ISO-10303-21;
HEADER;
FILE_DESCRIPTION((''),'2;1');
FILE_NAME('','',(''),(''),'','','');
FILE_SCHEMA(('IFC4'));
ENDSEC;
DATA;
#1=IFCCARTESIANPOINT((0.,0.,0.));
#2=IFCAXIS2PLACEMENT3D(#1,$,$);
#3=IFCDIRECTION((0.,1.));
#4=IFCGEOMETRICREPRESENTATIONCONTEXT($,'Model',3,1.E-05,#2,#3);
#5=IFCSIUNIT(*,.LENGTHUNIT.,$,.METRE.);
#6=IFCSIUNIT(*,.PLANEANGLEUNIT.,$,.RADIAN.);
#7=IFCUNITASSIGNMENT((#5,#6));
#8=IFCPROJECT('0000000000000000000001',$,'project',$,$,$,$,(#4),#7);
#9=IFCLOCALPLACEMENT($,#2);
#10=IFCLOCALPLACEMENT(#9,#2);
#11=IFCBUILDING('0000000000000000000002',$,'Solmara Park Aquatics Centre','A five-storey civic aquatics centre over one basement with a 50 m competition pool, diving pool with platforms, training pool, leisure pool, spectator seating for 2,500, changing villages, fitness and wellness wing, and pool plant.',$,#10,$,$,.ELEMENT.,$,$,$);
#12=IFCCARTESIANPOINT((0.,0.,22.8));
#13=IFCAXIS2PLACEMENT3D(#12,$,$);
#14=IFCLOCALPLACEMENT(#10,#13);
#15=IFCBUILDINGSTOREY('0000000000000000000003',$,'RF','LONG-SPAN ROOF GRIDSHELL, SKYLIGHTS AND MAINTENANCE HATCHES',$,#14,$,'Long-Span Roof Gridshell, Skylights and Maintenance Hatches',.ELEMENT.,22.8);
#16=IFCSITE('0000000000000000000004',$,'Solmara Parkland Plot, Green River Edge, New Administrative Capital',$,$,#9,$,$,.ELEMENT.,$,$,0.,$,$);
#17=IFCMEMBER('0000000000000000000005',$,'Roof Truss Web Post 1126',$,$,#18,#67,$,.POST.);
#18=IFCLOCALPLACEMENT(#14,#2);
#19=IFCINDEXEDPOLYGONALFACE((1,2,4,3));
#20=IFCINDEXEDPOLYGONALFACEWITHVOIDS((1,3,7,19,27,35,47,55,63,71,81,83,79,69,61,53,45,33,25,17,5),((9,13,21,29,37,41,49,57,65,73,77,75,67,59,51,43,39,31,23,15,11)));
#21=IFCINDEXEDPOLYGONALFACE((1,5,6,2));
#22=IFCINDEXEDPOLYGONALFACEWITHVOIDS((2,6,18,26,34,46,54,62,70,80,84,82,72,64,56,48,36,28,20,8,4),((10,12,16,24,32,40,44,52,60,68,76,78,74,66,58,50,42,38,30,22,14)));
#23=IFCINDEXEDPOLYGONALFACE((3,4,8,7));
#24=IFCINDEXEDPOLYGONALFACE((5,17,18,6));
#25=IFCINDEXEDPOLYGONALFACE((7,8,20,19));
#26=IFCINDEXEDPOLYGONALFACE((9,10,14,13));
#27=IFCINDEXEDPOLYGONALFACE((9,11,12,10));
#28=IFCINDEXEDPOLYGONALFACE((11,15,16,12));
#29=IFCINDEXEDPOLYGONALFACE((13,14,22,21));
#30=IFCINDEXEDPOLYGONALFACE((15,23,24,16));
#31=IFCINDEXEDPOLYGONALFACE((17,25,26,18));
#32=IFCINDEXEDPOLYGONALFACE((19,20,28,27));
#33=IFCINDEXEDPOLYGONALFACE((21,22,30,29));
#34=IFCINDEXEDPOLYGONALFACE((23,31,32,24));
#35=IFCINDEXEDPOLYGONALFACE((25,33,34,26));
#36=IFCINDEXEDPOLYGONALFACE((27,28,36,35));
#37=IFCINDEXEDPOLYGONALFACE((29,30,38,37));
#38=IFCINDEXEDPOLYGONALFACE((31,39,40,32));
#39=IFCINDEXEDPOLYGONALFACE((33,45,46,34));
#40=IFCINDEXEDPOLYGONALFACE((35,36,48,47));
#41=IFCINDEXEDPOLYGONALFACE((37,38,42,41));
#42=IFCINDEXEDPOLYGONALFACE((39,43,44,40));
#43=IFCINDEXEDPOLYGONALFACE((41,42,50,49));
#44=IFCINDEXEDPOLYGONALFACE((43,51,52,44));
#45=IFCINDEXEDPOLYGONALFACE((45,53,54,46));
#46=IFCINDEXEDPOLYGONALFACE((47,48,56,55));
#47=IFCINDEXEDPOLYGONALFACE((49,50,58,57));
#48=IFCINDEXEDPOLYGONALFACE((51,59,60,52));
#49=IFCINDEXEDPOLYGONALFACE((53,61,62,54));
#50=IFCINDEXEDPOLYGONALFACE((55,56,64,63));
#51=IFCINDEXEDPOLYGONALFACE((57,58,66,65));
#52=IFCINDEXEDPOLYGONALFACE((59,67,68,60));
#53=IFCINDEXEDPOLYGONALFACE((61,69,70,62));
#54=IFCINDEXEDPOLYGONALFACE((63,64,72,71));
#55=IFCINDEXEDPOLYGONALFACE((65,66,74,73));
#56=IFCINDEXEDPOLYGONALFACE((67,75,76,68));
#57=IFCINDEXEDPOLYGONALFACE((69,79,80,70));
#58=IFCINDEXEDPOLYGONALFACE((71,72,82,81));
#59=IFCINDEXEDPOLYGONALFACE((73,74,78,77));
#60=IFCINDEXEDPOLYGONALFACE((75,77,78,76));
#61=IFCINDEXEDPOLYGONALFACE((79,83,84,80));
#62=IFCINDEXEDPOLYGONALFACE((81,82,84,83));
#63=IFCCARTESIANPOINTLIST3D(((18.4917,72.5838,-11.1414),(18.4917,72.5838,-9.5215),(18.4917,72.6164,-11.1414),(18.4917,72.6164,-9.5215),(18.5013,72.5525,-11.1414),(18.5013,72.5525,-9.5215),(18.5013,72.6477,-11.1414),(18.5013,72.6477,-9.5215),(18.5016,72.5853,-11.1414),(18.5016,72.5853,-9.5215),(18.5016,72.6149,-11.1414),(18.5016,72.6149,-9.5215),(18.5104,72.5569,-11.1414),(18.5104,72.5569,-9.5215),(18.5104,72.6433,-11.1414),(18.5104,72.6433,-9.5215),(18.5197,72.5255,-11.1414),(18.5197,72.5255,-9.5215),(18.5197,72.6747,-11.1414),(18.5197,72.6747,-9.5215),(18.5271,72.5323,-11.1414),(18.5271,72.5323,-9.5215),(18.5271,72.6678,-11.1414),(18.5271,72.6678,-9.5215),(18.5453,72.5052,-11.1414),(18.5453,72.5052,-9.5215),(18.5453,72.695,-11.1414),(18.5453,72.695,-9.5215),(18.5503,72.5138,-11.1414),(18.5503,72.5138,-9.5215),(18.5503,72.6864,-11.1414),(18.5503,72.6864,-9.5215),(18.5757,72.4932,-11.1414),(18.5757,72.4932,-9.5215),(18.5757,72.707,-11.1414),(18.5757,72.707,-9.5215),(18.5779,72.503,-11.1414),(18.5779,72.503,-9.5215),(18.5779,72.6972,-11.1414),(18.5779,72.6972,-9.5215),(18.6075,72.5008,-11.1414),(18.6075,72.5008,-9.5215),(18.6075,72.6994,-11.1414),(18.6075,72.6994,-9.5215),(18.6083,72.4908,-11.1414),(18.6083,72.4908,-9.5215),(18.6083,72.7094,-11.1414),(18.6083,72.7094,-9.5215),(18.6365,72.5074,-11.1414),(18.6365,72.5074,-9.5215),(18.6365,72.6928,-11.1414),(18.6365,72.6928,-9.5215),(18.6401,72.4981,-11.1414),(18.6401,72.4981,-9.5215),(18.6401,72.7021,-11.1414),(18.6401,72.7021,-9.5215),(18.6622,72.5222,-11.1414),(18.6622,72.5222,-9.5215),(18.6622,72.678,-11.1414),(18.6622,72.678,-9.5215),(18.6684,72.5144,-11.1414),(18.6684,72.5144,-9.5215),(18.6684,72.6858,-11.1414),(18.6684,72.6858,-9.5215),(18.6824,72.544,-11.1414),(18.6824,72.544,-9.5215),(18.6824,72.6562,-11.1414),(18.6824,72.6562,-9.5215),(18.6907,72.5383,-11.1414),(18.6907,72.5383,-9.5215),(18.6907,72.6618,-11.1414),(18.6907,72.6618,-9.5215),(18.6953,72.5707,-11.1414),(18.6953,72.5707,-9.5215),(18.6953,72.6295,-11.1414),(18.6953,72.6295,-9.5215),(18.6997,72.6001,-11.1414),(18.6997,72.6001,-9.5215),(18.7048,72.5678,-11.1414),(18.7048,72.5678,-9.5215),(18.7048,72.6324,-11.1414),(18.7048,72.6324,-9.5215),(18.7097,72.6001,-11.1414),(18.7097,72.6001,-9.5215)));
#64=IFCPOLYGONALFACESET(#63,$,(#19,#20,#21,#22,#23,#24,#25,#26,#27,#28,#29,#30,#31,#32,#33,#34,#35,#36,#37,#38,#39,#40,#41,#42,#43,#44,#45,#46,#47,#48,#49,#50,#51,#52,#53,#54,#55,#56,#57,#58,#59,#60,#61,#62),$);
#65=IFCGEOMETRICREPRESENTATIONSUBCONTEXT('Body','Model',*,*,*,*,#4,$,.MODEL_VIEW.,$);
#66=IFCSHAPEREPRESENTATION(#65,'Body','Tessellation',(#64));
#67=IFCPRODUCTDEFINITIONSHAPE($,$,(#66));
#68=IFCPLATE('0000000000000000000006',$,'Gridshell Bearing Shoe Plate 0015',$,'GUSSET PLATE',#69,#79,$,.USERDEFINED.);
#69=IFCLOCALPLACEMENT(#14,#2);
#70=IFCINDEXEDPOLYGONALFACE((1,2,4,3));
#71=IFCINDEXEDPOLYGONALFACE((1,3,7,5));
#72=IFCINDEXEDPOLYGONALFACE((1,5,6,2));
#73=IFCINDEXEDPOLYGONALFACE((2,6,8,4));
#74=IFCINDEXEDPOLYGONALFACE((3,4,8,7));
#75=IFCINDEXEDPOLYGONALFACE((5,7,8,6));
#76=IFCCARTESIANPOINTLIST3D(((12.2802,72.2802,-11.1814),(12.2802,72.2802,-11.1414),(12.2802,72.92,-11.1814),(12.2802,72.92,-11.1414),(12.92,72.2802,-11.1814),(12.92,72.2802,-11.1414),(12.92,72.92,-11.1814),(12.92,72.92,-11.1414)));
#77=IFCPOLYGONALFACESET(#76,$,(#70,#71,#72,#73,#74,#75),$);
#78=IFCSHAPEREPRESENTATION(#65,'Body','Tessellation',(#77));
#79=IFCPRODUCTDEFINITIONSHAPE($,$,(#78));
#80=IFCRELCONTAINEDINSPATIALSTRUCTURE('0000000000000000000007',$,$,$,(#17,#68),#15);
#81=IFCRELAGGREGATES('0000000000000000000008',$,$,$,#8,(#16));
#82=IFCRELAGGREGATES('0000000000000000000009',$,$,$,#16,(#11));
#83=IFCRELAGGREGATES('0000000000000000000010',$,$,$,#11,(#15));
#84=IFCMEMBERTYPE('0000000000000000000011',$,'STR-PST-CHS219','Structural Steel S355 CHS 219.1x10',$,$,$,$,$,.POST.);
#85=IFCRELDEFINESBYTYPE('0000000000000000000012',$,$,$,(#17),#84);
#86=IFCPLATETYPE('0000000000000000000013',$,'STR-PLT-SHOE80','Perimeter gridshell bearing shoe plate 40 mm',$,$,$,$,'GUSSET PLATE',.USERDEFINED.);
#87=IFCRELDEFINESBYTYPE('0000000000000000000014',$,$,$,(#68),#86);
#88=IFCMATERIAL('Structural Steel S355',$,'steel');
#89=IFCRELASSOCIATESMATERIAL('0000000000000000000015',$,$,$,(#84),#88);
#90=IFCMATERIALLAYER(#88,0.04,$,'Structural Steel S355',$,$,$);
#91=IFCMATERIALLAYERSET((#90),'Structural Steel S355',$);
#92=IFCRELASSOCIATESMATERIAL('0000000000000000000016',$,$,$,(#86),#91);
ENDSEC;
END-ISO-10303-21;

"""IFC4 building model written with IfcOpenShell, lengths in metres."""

from ifc_helpers import new_model, si_unit, direction, frame, origin, origin_2d, place, context, subcontext, project, spatial, rectangle, hollow_circle, extrude, material, layer, layer_set, material_profile, profile_set, type_object, element, save


model = new_model("IFC4")

# Units and contexts
model_context = context("Model", 3, precision=1e-05, world=origin(), true_north=direction((0.0, 1.0)))
body_context = subcontext(model_context, "Body", "Model", "MODEL_VIEW")
ifc_project = project(units=[si_unit("LENGTHUNIT", "METRE"), si_unit("PLANEANGLEUNIT", "RADIAN")], contexts=[model_context])

# Site, building, storey
site_placement = place(None, origin())
site = spatial("IfcSite", under=ifc_project, at=site_placement, Name="Solmara Parkland Plot, Green River Edge, New Administrative Capital", CompositionType="ELEMENT", RefElevation=0.0)
building_placement = place(site_placement, origin())
building = spatial("IfcBuilding", under=site, at=building_placement, Name="Solmara Park Aquatics Centre", Description="A five-storey civic aquatics centre over one basement with a 50 m competition pool, diving pool with platforms, training pool, leisure pool, spectator seating for 2,500, changing villages, fitness and wellness wing, and pool plant.", CompositionType="ELEMENT")
storey_placement = place(building_placement, frame((0.0, 0.0, 22.8)))
storey = spatial("IfcBuildingStorey", under=building, at=storey_placement, Name="RF", Description="LONG-SPAN ROOF GRIDSHELL, SKYLIGHTS AND MAINTENANCE HATCHES", LongName="Long-Span Roof Gridshell, Skylights and Maintenance Hatches", CompositionType="ELEMENT", Elevation=22.8)

# Member
ifc_material_1 = material(Name="Structural Steel S355", Category="steel")
ifc_material_profile_1 = material_profile(ifc_material_1, hollow_circle(Radius=0.1096, WallThickness=0.01, at=origin_2d()), Name="CHS 219.1x10")
ifc_profile_set_1 = profile_set([ifc_material_profile_1], Name="Structural Steel S355")
member_type_1 = type_object("IfcMemberType", Name="STR-PST-CHS219", Description="Structural Steel S355 CHS 219.1x10", PredefinedType="POST", material=ifc_profile_set_1)
member_1_placement = place(storey_placement, frame((18.6001, 72.6001, -11.1414), z_axis=(0.0, 0.0, 1.0), x_axis=(1.0, 0.0, 0.0)))
element("IfcMember", 1, at=member_1_placement, inside=storey, type_object=member_type_1, Name="Roof Truss Web Post 1126", PredefinedType="POST", context=body_context, shape_type="SweptSolid", body=[
    extrude(hollow_circle(Radius=0.1096, WallThickness=0.01, at=origin_2d()), origin(), (0.0, 0.0, 1.0), 1.6199),
])

# Plate
ifc_layer = layer(ifc_material_1, 0.04, Name="Structural Steel S355")
ifc_layer_set = layer_set([ifc_layer], Name="Structural Steel S355")
plate_type = type_object("IfcPlateType", Name="STR-PLT-SHOE80", Description="Perimeter gridshell bearing shoe plate 40 mm", ElementType="GUSSET PLATE", PredefinedType="USERDEFINED", material=ifc_layer_set)
plate_placement = place(storey_placement, frame((12.6001, 72.6001, -11.1814), z_axis=(0.0, 0.0, 1.0), x_axis=(1.0, 0.0, 0.0)))
element("IfcPlate", 2, at=plate_placement, inside=storey, type_object=plate_type, Name="Gridshell Bearing Shoe Plate 0015", ObjectType="GUSSET PLATE", PredefinedType="USERDEFINED", context=body_context, shape_type="SweptSolid", body=[
    extrude(rectangle(XDim=0.6399, YDim=0.6399, at=origin_2d()), origin(), (0.0, 0.0, 1.0), 0.04),
])

save(model, "model.ifc")
